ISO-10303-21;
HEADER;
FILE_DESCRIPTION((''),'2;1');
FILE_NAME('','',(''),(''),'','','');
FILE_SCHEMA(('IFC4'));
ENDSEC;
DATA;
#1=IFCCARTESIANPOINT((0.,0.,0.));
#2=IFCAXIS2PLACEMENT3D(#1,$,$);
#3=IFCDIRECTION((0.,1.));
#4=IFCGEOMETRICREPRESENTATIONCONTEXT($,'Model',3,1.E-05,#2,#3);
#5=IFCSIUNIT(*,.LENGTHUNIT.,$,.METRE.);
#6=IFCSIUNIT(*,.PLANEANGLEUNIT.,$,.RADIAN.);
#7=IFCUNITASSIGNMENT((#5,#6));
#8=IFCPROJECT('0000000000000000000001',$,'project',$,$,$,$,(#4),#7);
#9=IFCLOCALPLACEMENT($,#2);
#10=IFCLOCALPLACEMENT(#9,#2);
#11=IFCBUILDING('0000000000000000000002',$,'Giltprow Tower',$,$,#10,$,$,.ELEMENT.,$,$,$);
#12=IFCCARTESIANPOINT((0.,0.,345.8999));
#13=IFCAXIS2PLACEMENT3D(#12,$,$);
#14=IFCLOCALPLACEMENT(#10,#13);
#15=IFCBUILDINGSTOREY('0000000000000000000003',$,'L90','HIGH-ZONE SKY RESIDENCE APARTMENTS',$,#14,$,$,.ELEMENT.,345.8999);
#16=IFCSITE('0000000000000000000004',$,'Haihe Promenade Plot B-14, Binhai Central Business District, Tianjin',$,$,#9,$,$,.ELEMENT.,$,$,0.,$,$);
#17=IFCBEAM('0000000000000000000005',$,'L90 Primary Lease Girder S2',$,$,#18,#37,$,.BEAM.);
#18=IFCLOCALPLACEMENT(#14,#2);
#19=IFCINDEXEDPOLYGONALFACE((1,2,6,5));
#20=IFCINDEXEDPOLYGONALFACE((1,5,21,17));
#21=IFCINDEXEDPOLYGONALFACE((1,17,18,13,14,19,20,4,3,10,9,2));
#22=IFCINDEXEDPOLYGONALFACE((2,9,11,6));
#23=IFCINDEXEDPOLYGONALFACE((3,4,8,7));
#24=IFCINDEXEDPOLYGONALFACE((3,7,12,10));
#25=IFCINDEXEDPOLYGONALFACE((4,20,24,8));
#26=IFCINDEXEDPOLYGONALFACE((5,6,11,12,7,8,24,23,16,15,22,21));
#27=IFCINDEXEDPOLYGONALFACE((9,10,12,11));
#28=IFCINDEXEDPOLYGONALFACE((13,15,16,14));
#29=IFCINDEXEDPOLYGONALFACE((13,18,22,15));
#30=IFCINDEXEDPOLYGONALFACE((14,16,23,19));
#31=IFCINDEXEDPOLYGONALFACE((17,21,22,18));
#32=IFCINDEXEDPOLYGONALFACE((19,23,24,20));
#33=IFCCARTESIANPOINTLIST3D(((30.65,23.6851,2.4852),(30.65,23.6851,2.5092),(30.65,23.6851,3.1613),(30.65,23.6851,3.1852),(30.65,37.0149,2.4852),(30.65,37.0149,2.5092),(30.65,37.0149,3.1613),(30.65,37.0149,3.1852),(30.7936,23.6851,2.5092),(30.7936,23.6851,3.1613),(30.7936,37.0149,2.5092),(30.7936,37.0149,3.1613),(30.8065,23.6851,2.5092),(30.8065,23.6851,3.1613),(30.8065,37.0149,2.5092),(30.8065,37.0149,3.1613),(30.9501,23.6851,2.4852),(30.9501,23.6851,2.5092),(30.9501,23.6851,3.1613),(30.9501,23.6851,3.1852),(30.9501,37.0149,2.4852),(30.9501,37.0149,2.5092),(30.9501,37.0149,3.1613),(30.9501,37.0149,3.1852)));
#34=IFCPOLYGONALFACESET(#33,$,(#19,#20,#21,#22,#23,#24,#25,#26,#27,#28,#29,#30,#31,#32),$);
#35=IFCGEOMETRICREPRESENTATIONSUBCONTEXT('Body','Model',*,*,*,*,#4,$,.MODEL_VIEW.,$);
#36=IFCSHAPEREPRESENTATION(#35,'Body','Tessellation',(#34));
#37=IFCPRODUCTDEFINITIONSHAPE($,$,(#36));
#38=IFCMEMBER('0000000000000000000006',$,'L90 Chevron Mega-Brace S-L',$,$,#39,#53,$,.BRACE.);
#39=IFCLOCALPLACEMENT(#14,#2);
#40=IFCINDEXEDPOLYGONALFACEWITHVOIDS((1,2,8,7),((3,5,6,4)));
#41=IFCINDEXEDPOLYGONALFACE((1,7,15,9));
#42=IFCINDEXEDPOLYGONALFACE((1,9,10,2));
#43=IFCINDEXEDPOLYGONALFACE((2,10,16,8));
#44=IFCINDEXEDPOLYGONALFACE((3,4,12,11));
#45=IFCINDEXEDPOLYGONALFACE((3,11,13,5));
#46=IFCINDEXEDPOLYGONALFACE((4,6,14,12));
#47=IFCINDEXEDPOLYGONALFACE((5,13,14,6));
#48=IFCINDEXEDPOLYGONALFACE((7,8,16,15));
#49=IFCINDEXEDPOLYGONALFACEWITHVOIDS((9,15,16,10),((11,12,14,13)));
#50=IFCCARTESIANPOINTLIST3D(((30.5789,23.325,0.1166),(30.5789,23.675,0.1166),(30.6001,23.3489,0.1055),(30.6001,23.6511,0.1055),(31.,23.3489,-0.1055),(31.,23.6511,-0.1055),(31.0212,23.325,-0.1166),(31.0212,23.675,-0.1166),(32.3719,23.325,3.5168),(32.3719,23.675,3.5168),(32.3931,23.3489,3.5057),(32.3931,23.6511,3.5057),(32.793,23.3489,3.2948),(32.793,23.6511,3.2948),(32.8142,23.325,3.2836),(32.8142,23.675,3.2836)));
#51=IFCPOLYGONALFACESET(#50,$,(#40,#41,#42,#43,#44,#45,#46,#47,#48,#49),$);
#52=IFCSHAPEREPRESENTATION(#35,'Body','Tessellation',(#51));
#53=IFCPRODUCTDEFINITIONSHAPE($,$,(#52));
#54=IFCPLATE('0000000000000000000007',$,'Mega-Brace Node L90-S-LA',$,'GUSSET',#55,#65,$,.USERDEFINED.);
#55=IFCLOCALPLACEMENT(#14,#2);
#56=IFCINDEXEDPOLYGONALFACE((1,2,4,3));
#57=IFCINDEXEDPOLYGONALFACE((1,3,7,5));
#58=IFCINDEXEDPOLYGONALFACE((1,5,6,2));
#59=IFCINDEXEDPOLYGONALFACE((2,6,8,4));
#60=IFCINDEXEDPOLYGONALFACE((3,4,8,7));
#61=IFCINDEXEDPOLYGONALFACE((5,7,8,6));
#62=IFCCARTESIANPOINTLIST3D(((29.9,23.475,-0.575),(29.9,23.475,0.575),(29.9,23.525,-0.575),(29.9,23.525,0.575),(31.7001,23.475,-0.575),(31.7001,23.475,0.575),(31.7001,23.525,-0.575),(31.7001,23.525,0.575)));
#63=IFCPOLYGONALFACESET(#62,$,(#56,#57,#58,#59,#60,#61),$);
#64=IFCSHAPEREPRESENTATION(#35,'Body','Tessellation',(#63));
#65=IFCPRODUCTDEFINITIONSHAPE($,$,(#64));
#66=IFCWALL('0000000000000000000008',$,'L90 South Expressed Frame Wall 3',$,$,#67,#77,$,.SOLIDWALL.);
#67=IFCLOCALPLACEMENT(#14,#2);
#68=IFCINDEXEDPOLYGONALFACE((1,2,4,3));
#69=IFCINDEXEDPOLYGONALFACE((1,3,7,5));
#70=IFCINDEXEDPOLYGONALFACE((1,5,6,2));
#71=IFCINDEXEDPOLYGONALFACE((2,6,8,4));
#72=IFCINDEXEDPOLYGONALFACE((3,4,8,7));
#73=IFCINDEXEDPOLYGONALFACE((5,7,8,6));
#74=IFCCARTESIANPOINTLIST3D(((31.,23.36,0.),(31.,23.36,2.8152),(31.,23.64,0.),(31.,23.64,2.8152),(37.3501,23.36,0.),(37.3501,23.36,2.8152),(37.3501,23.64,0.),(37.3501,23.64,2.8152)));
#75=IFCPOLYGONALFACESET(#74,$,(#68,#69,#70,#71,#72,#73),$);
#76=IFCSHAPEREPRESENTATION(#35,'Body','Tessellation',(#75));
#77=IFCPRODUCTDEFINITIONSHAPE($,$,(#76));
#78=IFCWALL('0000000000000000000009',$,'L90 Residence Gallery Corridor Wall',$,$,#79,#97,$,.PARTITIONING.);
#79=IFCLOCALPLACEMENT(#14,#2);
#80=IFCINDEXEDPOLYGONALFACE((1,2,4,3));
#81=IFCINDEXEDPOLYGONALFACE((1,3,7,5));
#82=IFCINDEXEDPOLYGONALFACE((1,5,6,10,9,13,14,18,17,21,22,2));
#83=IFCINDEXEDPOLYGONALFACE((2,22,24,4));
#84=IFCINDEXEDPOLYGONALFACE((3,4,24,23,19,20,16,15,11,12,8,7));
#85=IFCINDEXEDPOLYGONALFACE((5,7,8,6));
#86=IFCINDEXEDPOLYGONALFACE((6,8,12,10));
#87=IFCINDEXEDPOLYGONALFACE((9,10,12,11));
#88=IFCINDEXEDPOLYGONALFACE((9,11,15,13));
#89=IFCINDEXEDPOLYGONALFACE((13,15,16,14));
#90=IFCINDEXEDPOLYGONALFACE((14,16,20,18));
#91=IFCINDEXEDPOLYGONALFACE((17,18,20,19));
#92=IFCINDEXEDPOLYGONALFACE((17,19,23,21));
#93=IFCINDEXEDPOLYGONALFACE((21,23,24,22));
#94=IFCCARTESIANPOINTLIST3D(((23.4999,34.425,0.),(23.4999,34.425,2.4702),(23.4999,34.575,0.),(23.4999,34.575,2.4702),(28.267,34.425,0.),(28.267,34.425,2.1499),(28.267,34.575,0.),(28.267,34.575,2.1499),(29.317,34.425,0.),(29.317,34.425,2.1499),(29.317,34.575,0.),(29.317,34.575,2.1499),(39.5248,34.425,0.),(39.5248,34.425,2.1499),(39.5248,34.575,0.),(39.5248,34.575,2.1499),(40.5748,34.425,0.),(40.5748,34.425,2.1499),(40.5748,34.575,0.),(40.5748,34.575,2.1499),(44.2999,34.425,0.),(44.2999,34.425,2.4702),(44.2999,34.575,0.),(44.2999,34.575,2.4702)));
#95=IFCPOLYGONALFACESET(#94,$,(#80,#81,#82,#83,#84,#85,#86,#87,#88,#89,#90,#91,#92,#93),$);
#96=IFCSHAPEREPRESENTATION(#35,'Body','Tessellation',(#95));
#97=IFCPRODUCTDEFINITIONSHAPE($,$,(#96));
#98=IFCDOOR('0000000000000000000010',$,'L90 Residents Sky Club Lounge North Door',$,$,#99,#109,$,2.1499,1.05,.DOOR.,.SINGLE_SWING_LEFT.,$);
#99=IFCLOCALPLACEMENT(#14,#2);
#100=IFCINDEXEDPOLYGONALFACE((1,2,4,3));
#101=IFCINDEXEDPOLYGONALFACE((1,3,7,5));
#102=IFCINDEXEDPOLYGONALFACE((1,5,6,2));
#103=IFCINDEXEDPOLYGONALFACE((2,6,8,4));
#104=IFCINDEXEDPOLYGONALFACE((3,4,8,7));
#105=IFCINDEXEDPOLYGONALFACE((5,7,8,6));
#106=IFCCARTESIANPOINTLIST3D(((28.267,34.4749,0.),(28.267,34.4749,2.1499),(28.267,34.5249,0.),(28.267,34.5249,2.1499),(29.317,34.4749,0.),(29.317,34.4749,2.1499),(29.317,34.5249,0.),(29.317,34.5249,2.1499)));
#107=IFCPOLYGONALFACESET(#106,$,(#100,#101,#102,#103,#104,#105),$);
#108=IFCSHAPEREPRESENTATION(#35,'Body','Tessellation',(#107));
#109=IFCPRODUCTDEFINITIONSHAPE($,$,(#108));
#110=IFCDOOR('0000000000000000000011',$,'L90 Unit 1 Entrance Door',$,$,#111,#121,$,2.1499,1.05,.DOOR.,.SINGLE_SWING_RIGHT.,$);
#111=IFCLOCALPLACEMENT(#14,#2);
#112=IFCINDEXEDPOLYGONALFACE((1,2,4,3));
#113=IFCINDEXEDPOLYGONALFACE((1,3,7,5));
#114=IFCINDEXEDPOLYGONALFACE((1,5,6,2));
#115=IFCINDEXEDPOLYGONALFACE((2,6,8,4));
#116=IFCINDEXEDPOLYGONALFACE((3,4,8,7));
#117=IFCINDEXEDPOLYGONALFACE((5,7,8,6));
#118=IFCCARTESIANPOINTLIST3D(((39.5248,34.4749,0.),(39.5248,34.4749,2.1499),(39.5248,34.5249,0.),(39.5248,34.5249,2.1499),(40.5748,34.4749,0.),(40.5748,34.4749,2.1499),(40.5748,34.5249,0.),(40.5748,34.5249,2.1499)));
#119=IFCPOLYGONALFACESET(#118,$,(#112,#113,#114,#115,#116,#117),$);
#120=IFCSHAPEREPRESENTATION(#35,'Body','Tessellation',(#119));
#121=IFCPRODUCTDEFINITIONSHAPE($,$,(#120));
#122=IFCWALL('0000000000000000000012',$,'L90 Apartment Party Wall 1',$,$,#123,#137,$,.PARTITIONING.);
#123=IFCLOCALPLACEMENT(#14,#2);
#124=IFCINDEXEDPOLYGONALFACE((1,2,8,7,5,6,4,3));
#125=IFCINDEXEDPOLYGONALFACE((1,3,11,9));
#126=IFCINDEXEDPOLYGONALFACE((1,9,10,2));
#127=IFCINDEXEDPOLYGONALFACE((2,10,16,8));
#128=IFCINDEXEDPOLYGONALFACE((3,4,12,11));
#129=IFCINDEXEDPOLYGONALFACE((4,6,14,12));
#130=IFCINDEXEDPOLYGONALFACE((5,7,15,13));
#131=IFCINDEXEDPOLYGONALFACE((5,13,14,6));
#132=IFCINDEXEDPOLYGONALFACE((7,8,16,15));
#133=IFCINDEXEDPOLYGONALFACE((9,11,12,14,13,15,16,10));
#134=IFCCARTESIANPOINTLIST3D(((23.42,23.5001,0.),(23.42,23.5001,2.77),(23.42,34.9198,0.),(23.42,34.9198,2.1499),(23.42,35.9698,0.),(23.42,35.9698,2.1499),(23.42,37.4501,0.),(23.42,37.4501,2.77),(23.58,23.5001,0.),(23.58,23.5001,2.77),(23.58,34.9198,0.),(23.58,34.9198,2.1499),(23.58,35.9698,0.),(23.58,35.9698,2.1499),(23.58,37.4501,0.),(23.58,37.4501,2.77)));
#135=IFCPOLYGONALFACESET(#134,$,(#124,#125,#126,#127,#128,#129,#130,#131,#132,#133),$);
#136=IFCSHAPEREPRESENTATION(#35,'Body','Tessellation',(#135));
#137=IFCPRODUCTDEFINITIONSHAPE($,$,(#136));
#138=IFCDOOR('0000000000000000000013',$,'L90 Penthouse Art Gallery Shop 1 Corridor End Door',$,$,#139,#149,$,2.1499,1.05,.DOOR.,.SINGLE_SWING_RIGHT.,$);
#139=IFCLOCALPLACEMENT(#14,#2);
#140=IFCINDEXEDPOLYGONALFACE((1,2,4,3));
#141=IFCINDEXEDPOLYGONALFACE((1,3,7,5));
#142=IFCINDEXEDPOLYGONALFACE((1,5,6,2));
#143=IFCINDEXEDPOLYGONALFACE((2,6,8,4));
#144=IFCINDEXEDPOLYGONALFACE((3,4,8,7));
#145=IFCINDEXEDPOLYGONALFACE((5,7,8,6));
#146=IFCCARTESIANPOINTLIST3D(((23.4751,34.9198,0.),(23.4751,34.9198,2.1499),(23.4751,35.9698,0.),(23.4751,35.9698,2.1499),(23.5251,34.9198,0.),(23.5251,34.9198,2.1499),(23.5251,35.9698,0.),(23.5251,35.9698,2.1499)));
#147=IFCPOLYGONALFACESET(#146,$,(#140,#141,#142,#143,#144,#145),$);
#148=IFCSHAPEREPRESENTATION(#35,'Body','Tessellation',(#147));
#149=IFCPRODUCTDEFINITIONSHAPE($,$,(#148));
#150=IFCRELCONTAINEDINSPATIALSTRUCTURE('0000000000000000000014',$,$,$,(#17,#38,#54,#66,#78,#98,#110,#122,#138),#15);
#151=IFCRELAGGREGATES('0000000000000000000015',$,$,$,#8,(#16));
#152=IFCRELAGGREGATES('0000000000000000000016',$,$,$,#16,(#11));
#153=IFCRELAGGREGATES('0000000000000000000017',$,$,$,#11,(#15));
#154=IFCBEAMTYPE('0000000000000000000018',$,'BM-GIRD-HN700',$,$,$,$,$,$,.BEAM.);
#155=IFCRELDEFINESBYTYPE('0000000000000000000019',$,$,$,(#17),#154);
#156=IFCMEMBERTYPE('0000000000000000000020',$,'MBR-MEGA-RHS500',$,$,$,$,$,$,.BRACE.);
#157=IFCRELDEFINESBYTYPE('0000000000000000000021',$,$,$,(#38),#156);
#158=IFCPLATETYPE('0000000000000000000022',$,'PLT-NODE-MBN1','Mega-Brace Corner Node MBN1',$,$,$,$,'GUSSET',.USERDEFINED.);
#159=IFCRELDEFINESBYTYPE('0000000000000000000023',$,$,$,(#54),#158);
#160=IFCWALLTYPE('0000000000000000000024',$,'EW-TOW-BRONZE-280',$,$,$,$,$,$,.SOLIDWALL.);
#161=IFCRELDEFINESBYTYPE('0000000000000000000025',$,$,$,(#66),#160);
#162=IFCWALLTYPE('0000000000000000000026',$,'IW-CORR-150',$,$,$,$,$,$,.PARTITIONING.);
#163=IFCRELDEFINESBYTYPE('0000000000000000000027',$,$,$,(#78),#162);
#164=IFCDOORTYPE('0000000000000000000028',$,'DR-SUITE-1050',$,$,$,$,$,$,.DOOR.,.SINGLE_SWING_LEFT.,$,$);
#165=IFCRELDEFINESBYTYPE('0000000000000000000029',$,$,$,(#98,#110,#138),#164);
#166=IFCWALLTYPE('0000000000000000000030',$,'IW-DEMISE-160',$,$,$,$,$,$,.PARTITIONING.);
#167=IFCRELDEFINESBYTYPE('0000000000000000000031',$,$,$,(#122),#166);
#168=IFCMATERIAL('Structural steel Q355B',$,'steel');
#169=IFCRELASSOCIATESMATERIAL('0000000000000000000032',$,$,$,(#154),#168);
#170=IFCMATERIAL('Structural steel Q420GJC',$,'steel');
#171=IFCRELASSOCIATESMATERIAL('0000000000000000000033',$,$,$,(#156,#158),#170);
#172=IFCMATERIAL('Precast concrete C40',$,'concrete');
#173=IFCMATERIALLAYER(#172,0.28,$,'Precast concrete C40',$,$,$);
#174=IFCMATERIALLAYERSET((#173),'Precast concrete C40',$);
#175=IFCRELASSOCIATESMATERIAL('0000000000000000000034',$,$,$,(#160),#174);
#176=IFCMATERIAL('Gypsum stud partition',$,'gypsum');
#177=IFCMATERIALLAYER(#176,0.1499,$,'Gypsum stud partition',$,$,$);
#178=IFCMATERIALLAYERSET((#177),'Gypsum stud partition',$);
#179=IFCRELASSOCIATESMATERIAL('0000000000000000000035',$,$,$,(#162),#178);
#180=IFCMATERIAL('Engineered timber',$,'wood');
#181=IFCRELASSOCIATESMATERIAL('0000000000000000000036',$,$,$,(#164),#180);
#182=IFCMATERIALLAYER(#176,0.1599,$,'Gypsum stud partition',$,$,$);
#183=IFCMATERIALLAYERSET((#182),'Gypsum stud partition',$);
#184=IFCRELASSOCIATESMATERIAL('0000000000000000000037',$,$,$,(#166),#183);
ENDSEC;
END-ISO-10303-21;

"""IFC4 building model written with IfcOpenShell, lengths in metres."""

from ifc_helpers import new_model, si_unit, direction, frame, frame_2d, origin, origin_2d, place, context, subcontext, project, spatial, rectangle, hollow_rectangle, i_section, extrude, source, transform, mapped, material, layer, layer_set, material_profile, profile_set, type_object, element, fill, save


model = new_model("IFC4")

# Units and contexts
model_context = context("Model", 3, precision=1e-05, world=origin(), true_north=direction((0.0, 1.0)))
body_context = subcontext(model_context, "Body", "Model", "MODEL_VIEW")
ifc_project = project(units=[si_unit("LENGTHUNIT", "METRE"), si_unit("PLANEANGLEUNIT", "RADIAN")], contexts=[model_context])

# Site, building, storey
site_placement = place(None, origin())
site = spatial("IfcSite", under=ifc_project, at=site_placement, Name="Haihe Promenade Plot B-14, Binhai Central Business District, Tianjin", CompositionType="ELEMENT", RefElevation=0.0)
building_placement = place(site_placement, origin())
building = spatial("IfcBuilding", under=site, at=building_placement, Name="Giltprow Tower", CompositionType="ELEMENT")
storey_placement = place(building_placement, frame((0.0, 0.0, 345.8999)))
storey = spatial("IfcBuildingStorey", under=building, at=storey_placement, Name="L90", Description="HIGH-ZONE SKY RESIDENCE APARTMENTS", CompositionType="ELEMENT", Elevation=345.8999)

# Shared definitions
ifc_material_1 = material(Name="Structural steel Q355B", Category="steel")

# Beam
ifc_material_profile_1 = material_profile(ifc_material_1, i_section(OverallWidth=0.3, OverallDepth=0.7, WebThickness=0.0129, FlangeThickness=0.0239, at=origin_2d()), Name="HN 700x300x13x24")
ifc_profile_set_1 = profile_set([ifc_material_profile_1], Name="Structural steel Q355B")
beam_type_1 = type_object("IfcBeamType", Name="BM-GIRD-HN700", PredefinedType="BEAM", material=ifc_profile_set_1)
shared_shape_1 = source(origin(), body_context, "Body", "SweptSolid", [
    extrude(i_section(OverallWidth=0.3, OverallDepth=0.7, WebThickness=0.0129, FlangeThickness=0.0239, at=origin_2d()), origin(), (0.0, 0.0, 1.0), 13.3298),
])
for number, where, z_axis, x_axis, name in (
    (1, (30.8, 23.6851, 2.8352), (0.0, 1.0, 0.0), (-1.0, 0.0, 0.0), "L90 Primary Lease Girder S2"),
):
    element("IfcBeam", number, at=place(storey_placement, frame(where, z_axis=z_axis, x_axis=x_axis)), inside=storey, type_object=beam_type_1, Name=name, PredefinedType="BEAM", context=body_context, shape_type="MappedRepresentation", body=[
        mapped(shared_shape_1, transform((0.0, 0.0, 0.0), x_axis=(1.0, 0.0, 0.0), y_axis=(0.0, 1.0, 0.0), z_axis=(0.0, 0.0, 1.0), scale=1.0)),
    ])

# Member
ifc_material_2 = material(Name="Structural steel Q420GJC", Category="steel")
ifc_material_profile_2 = material_profile(ifc_material_2, hollow_rectangle(XDim=0.3501, YDim=0.5, WallThickness=0.0239, at=origin_2d()), Name="RHS 500x350x24")
ifc_profile_set_2 = profile_set([ifc_material_profile_2], Name="Structural steel Q420GJC")
member_type = type_object("IfcMemberType", Name="MBR-MEGA-RHS500", PredefinedType="BRACE", material=ifc_profile_set_2)
shared_shape_2 = source(origin(), body_context, "Body", "SweptSolid", [
    extrude(hollow_rectangle(XDim=0.3501, YDim=0.5, WallThickness=0.0239, at=origin_2d()), origin(), (0.0, 0.0, 1.0), 3.844),
])
member_placement = place(storey_placement, frame((30.8, 23.5, 0.0), z_axis=(0.466443, 0.0, 0.884551), x_axis=(0.0, 1.0, 0.0)))
element("IfcMember", 2, at=member_placement, inside=storey, type_object=member_type, Name="L90 Chevron Mega-Brace S-L", PredefinedType="BRACE", context=body_context, shape_type="MappedRepresentation", body=[
    mapped(shared_shape_2, transform((0.0, 0.0, 0.0), x_axis=(1.0, 0.0, 0.0), y_axis=(0.0, 1.0, 0.0), z_axis=(0.0, 0.0, 1.0), scale=1.0)),
])

# Plate
plate_type = type_object("IfcPlateType", Name="PLT-NODE-MBN1", Description="Mega-Brace Corner Node MBN1", ElementType="GUSSET", PredefinedType="USERDEFINED", material=ifc_material_2)
shared_shape_3 = source(origin(), body_context, "Body", "SweptSolid", [
    extrude(rectangle(XDim=1.8, YDim=0.05, at=origin_2d()), origin(), (0.0, 0.0, 1.0), 1.1499),
])
plate_placement = place(storey_placement, frame((30.8, 23.5, -0.575), z_axis=(0.0, 0.0, 1.0), x_axis=(1.0, 0.0, 0.0)))
element("IfcPlate", 3, at=plate_placement, inside=storey, type_object=plate_type, Name="Mega-Brace Node L90-S-LA", ObjectType="GUSSET", PredefinedType="USERDEFINED", context=body_context, shape_type="MappedRepresentation", body=[
    mapped(shared_shape_3, transform((0.0, 0.0, 0.0), x_axis=(1.0, 0.0, 0.0), y_axis=(0.0, 1.0, 0.0), z_axis=(0.0, 0.0, 1.0), scale=1.0)),
])

# Wall
ifc_material_3 = material(Name="Precast concrete C40", Category="concrete")
ifc_layer_1 = layer(ifc_material_3, 0.28, Name="Precast concrete C40")
ifc_layer_set_1 = layer_set([ifc_layer_1], Name="Precast concrete C40")
wall_type_1 = type_object("IfcWallType", Name="EW-TOW-BRONZE-280", PredefinedType="SOLIDWALL", material=ifc_layer_set_1)
wall_1_placement = place(storey_placement, frame((31.0, 23.5, 0.0), z_axis=(0.0, 0.0, 1.0), x_axis=(1.0, 0.0, 0.0)))
element("IfcWall", 4, at=wall_1_placement, inside=storey, type_object=wall_type_1, Name="L90 South Expressed Frame Wall 3", PredefinedType="SOLIDWALL", context=body_context, shape_type="SweptSolid", body=[
    extrude(rectangle(XDim=6.3501, YDim=0.28, at=frame_2d((3.175, 0.0))), origin(), (0.0, 0.0, 1.0), 2.8152),
])

# Wall, openings, doors
ifc_material_4 = material(Name="Gypsum stud partition", Category="gypsum")
ifc_layer_2 = layer(ifc_material_4, 0.1499, Name="Gypsum stud partition")
ifc_layer_set_2 = layer_set([ifc_layer_2], Name="Gypsum stud partition")
wall_type_2 = type_object("IfcWallType", Name="IW-CORR-150", PredefinedType="PARTITIONING", material=ifc_layer_set_2)
wall_2_placement = place(storey_placement, frame((23.5, 34.5, 0.0), z_axis=(0.0, 0.0, 1.0), x_axis=(1.0, 0.0, 0.0)))
wall_2 = element("IfcWall", 5, at=wall_2_placement, inside=storey, type_object=wall_type_2, Name="L90 Residence Gallery Corridor Wall", PredefinedType="PARTITIONING", context=body_context, shape_type="SweptSolid", body=[
    extrude(rectangle(XDim=20.8, YDim=0.1499, at=frame_2d((10.3999, 0.0))), origin(), (0.0, 0.0, 1.0), 2.4702),
])
opening_1_placement = place(wall_2_placement, frame((4.7671, 0.0, 0.0)))
opening_1 = element("IfcOpeningElement", 6, at=opening_1_placement, cuts=wall_2, PredefinedType="OPENING", context=body_context, shape_type="SweptSolid", body=[
    extrude(rectangle(XDim=1.05, YDim=2.1499, at=frame_2d((0.5249, 1.075))), frame((0.0, 0.085, 0.0), z_axis=(0.0, -1.0, 0.0), x_axis=(1.0, 0.0, 0.0)), (0.0, 0.0, 1.0), 0.1699),
])
opening_2_placement = place(wall_2_placement, frame((16.0249, 0.0, 0.0)))
opening_2 = element("IfcOpeningElement", 7, at=opening_2_placement, cuts=wall_2, PredefinedType="OPENING", context=body_context, shape_type="SweptSolid", body=[
    extrude(rectangle(XDim=1.05, YDim=2.1499, at=frame_2d((0.5249, 1.075))), frame((0.0, 0.085, 0.0), z_axis=(0.0, -1.0, 0.0), x_axis=(1.0, 0.0, 0.0)), (0.0, 0.0, 1.0), 0.1699),
])
ifc_material_5 = material(Name="Engineered timber", Category="wood")
door_type_1 = type_object("IfcDoorType", Name="DR-SUITE-1050", OperationType="SINGLE_SWING_LEFT", PredefinedType="DOOR", material=ifc_material_5)
shared_shape_4 = source(origin(), body_context, "Body", "SweptSolid", [
    extrude(rectangle(XDim=1.05, YDim=2.1499, at=frame_2d((0.5249, 1.075))), frame((0.0, 0.0249, 0.0), z_axis=(0.0, -1.0, 0.0), x_axis=(1.0, 0.0, 0.0)), (0.0, 0.0, 1.0), 0.05),
])
door_1_placement = place(opening_1_placement, origin())
door_1 = element("IfcDoor", 8, at=door_1_placement, inside=storey, type_object=door_type_1, Name="L90 Residents Sky Club Lounge North Door", OperationType="SINGLE_SWING_LEFT", OverallHeight=2.1499, OverallWidth=1.05, PredefinedType="DOOR", context=body_context, shape_type="MappedRepresentation", body=[
    mapped(shared_shape_4, transform((0.0, 0.0, 0.0), x_axis=(1.0, 0.0, 0.0), y_axis=(0.0, 1.0, 0.0), z_axis=(0.0, 0.0, 1.0), scale=1.0)),
])
fill(opening_1, door_1)
door_2_placement = place(opening_2_placement, origin())
door_2 = element("IfcDoor", 9, at=door_2_placement, inside=storey, type_object=door_type_1, Name="L90 Unit 1 Entrance Door", OperationType="SINGLE_SWING_RIGHT", OverallHeight=2.1499, OverallWidth=1.05, PredefinedType="DOOR", context=body_context, shape_type="MappedRepresentation", body=[
    mapped(shared_shape_4, transform((0.0, 0.0, 0.0), x_axis=(1.0, 0.0, 0.0), y_axis=(0.0, 1.0, 0.0), z_axis=(0.0, 0.0, 1.0), scale=1.0)),
])
fill(opening_2, door_2)

# Wall, opening, door
ifc_layer_3 = layer(ifc_material_4, 0.1599, Name="Gypsum stud partition")
ifc_layer_set_3 = layer_set([ifc_layer_3], Name="Gypsum stud partition")
wall_type_3 = type_object("IfcWallType", Name="IW-DEMISE-160", PredefinedType="PARTITIONING", material=ifc_layer_set_3)
wall_3_placement = place(storey_placement, frame((23.5, 23.5, 0.0), z_axis=(0.0, 0.0, 1.0), x_axis=(0.0, 1.0, 0.0)))
wall_3 = element("IfcWall", 10, at=wall_3_placement, inside=storey, type_object=wall_type_3, Name="L90 Apartment Party Wall 1", PredefinedType="PARTITIONING", context=body_context, shape_type="SweptSolid", body=[
    extrude(rectangle(XDim=13.95, YDim=0.1599, at=frame_2d((6.9751, 0.0))), origin(), (0.0, 0.0, 1.0), 2.77),
])
opening_3_placement = place(wall_3_placement, frame((11.4199, 0.0, 0.0)))
opening_3 = element("IfcOpeningElement", 11, at=opening_3_placement, cuts=wall_3, PredefinedType="OPENING", context=body_context, shape_type="SweptSolid", body=[
    extrude(rectangle(XDim=1.05, YDim=2.1499, at=frame_2d((0.5249, 1.075))), frame((0.0, 0.0898, 0.0), z_axis=(0.0, -1.0, 0.0), x_axis=(1.0, 0.0, 0.0)), (0.0, 0.0, 1.0), 0.1799),
])
door_3_placement = place(opening_3_placement, origin())
door_3 = element("IfcDoor", 12, at=door_3_placement, inside=storey, type_object=door_type_1, Name="L90 Penthouse Art Gallery Shop 1 Corridor End Door", OperationType="SINGLE_SWING_RIGHT", OverallHeight=2.1499, OverallWidth=1.05, PredefinedType="DOOR", context=body_context, shape_type="MappedRepresentation", body=[
    mapped(shared_shape_4, transform((0.0, 0.0, 0.0), x_axis=(1.0, 0.0, 0.0), y_axis=(0.0, 1.0, 0.0), z_axis=(0.0, 0.0, 1.0), scale=1.0)),
])
fill(opening_3, door_3)

save(model, "model.ifc")
